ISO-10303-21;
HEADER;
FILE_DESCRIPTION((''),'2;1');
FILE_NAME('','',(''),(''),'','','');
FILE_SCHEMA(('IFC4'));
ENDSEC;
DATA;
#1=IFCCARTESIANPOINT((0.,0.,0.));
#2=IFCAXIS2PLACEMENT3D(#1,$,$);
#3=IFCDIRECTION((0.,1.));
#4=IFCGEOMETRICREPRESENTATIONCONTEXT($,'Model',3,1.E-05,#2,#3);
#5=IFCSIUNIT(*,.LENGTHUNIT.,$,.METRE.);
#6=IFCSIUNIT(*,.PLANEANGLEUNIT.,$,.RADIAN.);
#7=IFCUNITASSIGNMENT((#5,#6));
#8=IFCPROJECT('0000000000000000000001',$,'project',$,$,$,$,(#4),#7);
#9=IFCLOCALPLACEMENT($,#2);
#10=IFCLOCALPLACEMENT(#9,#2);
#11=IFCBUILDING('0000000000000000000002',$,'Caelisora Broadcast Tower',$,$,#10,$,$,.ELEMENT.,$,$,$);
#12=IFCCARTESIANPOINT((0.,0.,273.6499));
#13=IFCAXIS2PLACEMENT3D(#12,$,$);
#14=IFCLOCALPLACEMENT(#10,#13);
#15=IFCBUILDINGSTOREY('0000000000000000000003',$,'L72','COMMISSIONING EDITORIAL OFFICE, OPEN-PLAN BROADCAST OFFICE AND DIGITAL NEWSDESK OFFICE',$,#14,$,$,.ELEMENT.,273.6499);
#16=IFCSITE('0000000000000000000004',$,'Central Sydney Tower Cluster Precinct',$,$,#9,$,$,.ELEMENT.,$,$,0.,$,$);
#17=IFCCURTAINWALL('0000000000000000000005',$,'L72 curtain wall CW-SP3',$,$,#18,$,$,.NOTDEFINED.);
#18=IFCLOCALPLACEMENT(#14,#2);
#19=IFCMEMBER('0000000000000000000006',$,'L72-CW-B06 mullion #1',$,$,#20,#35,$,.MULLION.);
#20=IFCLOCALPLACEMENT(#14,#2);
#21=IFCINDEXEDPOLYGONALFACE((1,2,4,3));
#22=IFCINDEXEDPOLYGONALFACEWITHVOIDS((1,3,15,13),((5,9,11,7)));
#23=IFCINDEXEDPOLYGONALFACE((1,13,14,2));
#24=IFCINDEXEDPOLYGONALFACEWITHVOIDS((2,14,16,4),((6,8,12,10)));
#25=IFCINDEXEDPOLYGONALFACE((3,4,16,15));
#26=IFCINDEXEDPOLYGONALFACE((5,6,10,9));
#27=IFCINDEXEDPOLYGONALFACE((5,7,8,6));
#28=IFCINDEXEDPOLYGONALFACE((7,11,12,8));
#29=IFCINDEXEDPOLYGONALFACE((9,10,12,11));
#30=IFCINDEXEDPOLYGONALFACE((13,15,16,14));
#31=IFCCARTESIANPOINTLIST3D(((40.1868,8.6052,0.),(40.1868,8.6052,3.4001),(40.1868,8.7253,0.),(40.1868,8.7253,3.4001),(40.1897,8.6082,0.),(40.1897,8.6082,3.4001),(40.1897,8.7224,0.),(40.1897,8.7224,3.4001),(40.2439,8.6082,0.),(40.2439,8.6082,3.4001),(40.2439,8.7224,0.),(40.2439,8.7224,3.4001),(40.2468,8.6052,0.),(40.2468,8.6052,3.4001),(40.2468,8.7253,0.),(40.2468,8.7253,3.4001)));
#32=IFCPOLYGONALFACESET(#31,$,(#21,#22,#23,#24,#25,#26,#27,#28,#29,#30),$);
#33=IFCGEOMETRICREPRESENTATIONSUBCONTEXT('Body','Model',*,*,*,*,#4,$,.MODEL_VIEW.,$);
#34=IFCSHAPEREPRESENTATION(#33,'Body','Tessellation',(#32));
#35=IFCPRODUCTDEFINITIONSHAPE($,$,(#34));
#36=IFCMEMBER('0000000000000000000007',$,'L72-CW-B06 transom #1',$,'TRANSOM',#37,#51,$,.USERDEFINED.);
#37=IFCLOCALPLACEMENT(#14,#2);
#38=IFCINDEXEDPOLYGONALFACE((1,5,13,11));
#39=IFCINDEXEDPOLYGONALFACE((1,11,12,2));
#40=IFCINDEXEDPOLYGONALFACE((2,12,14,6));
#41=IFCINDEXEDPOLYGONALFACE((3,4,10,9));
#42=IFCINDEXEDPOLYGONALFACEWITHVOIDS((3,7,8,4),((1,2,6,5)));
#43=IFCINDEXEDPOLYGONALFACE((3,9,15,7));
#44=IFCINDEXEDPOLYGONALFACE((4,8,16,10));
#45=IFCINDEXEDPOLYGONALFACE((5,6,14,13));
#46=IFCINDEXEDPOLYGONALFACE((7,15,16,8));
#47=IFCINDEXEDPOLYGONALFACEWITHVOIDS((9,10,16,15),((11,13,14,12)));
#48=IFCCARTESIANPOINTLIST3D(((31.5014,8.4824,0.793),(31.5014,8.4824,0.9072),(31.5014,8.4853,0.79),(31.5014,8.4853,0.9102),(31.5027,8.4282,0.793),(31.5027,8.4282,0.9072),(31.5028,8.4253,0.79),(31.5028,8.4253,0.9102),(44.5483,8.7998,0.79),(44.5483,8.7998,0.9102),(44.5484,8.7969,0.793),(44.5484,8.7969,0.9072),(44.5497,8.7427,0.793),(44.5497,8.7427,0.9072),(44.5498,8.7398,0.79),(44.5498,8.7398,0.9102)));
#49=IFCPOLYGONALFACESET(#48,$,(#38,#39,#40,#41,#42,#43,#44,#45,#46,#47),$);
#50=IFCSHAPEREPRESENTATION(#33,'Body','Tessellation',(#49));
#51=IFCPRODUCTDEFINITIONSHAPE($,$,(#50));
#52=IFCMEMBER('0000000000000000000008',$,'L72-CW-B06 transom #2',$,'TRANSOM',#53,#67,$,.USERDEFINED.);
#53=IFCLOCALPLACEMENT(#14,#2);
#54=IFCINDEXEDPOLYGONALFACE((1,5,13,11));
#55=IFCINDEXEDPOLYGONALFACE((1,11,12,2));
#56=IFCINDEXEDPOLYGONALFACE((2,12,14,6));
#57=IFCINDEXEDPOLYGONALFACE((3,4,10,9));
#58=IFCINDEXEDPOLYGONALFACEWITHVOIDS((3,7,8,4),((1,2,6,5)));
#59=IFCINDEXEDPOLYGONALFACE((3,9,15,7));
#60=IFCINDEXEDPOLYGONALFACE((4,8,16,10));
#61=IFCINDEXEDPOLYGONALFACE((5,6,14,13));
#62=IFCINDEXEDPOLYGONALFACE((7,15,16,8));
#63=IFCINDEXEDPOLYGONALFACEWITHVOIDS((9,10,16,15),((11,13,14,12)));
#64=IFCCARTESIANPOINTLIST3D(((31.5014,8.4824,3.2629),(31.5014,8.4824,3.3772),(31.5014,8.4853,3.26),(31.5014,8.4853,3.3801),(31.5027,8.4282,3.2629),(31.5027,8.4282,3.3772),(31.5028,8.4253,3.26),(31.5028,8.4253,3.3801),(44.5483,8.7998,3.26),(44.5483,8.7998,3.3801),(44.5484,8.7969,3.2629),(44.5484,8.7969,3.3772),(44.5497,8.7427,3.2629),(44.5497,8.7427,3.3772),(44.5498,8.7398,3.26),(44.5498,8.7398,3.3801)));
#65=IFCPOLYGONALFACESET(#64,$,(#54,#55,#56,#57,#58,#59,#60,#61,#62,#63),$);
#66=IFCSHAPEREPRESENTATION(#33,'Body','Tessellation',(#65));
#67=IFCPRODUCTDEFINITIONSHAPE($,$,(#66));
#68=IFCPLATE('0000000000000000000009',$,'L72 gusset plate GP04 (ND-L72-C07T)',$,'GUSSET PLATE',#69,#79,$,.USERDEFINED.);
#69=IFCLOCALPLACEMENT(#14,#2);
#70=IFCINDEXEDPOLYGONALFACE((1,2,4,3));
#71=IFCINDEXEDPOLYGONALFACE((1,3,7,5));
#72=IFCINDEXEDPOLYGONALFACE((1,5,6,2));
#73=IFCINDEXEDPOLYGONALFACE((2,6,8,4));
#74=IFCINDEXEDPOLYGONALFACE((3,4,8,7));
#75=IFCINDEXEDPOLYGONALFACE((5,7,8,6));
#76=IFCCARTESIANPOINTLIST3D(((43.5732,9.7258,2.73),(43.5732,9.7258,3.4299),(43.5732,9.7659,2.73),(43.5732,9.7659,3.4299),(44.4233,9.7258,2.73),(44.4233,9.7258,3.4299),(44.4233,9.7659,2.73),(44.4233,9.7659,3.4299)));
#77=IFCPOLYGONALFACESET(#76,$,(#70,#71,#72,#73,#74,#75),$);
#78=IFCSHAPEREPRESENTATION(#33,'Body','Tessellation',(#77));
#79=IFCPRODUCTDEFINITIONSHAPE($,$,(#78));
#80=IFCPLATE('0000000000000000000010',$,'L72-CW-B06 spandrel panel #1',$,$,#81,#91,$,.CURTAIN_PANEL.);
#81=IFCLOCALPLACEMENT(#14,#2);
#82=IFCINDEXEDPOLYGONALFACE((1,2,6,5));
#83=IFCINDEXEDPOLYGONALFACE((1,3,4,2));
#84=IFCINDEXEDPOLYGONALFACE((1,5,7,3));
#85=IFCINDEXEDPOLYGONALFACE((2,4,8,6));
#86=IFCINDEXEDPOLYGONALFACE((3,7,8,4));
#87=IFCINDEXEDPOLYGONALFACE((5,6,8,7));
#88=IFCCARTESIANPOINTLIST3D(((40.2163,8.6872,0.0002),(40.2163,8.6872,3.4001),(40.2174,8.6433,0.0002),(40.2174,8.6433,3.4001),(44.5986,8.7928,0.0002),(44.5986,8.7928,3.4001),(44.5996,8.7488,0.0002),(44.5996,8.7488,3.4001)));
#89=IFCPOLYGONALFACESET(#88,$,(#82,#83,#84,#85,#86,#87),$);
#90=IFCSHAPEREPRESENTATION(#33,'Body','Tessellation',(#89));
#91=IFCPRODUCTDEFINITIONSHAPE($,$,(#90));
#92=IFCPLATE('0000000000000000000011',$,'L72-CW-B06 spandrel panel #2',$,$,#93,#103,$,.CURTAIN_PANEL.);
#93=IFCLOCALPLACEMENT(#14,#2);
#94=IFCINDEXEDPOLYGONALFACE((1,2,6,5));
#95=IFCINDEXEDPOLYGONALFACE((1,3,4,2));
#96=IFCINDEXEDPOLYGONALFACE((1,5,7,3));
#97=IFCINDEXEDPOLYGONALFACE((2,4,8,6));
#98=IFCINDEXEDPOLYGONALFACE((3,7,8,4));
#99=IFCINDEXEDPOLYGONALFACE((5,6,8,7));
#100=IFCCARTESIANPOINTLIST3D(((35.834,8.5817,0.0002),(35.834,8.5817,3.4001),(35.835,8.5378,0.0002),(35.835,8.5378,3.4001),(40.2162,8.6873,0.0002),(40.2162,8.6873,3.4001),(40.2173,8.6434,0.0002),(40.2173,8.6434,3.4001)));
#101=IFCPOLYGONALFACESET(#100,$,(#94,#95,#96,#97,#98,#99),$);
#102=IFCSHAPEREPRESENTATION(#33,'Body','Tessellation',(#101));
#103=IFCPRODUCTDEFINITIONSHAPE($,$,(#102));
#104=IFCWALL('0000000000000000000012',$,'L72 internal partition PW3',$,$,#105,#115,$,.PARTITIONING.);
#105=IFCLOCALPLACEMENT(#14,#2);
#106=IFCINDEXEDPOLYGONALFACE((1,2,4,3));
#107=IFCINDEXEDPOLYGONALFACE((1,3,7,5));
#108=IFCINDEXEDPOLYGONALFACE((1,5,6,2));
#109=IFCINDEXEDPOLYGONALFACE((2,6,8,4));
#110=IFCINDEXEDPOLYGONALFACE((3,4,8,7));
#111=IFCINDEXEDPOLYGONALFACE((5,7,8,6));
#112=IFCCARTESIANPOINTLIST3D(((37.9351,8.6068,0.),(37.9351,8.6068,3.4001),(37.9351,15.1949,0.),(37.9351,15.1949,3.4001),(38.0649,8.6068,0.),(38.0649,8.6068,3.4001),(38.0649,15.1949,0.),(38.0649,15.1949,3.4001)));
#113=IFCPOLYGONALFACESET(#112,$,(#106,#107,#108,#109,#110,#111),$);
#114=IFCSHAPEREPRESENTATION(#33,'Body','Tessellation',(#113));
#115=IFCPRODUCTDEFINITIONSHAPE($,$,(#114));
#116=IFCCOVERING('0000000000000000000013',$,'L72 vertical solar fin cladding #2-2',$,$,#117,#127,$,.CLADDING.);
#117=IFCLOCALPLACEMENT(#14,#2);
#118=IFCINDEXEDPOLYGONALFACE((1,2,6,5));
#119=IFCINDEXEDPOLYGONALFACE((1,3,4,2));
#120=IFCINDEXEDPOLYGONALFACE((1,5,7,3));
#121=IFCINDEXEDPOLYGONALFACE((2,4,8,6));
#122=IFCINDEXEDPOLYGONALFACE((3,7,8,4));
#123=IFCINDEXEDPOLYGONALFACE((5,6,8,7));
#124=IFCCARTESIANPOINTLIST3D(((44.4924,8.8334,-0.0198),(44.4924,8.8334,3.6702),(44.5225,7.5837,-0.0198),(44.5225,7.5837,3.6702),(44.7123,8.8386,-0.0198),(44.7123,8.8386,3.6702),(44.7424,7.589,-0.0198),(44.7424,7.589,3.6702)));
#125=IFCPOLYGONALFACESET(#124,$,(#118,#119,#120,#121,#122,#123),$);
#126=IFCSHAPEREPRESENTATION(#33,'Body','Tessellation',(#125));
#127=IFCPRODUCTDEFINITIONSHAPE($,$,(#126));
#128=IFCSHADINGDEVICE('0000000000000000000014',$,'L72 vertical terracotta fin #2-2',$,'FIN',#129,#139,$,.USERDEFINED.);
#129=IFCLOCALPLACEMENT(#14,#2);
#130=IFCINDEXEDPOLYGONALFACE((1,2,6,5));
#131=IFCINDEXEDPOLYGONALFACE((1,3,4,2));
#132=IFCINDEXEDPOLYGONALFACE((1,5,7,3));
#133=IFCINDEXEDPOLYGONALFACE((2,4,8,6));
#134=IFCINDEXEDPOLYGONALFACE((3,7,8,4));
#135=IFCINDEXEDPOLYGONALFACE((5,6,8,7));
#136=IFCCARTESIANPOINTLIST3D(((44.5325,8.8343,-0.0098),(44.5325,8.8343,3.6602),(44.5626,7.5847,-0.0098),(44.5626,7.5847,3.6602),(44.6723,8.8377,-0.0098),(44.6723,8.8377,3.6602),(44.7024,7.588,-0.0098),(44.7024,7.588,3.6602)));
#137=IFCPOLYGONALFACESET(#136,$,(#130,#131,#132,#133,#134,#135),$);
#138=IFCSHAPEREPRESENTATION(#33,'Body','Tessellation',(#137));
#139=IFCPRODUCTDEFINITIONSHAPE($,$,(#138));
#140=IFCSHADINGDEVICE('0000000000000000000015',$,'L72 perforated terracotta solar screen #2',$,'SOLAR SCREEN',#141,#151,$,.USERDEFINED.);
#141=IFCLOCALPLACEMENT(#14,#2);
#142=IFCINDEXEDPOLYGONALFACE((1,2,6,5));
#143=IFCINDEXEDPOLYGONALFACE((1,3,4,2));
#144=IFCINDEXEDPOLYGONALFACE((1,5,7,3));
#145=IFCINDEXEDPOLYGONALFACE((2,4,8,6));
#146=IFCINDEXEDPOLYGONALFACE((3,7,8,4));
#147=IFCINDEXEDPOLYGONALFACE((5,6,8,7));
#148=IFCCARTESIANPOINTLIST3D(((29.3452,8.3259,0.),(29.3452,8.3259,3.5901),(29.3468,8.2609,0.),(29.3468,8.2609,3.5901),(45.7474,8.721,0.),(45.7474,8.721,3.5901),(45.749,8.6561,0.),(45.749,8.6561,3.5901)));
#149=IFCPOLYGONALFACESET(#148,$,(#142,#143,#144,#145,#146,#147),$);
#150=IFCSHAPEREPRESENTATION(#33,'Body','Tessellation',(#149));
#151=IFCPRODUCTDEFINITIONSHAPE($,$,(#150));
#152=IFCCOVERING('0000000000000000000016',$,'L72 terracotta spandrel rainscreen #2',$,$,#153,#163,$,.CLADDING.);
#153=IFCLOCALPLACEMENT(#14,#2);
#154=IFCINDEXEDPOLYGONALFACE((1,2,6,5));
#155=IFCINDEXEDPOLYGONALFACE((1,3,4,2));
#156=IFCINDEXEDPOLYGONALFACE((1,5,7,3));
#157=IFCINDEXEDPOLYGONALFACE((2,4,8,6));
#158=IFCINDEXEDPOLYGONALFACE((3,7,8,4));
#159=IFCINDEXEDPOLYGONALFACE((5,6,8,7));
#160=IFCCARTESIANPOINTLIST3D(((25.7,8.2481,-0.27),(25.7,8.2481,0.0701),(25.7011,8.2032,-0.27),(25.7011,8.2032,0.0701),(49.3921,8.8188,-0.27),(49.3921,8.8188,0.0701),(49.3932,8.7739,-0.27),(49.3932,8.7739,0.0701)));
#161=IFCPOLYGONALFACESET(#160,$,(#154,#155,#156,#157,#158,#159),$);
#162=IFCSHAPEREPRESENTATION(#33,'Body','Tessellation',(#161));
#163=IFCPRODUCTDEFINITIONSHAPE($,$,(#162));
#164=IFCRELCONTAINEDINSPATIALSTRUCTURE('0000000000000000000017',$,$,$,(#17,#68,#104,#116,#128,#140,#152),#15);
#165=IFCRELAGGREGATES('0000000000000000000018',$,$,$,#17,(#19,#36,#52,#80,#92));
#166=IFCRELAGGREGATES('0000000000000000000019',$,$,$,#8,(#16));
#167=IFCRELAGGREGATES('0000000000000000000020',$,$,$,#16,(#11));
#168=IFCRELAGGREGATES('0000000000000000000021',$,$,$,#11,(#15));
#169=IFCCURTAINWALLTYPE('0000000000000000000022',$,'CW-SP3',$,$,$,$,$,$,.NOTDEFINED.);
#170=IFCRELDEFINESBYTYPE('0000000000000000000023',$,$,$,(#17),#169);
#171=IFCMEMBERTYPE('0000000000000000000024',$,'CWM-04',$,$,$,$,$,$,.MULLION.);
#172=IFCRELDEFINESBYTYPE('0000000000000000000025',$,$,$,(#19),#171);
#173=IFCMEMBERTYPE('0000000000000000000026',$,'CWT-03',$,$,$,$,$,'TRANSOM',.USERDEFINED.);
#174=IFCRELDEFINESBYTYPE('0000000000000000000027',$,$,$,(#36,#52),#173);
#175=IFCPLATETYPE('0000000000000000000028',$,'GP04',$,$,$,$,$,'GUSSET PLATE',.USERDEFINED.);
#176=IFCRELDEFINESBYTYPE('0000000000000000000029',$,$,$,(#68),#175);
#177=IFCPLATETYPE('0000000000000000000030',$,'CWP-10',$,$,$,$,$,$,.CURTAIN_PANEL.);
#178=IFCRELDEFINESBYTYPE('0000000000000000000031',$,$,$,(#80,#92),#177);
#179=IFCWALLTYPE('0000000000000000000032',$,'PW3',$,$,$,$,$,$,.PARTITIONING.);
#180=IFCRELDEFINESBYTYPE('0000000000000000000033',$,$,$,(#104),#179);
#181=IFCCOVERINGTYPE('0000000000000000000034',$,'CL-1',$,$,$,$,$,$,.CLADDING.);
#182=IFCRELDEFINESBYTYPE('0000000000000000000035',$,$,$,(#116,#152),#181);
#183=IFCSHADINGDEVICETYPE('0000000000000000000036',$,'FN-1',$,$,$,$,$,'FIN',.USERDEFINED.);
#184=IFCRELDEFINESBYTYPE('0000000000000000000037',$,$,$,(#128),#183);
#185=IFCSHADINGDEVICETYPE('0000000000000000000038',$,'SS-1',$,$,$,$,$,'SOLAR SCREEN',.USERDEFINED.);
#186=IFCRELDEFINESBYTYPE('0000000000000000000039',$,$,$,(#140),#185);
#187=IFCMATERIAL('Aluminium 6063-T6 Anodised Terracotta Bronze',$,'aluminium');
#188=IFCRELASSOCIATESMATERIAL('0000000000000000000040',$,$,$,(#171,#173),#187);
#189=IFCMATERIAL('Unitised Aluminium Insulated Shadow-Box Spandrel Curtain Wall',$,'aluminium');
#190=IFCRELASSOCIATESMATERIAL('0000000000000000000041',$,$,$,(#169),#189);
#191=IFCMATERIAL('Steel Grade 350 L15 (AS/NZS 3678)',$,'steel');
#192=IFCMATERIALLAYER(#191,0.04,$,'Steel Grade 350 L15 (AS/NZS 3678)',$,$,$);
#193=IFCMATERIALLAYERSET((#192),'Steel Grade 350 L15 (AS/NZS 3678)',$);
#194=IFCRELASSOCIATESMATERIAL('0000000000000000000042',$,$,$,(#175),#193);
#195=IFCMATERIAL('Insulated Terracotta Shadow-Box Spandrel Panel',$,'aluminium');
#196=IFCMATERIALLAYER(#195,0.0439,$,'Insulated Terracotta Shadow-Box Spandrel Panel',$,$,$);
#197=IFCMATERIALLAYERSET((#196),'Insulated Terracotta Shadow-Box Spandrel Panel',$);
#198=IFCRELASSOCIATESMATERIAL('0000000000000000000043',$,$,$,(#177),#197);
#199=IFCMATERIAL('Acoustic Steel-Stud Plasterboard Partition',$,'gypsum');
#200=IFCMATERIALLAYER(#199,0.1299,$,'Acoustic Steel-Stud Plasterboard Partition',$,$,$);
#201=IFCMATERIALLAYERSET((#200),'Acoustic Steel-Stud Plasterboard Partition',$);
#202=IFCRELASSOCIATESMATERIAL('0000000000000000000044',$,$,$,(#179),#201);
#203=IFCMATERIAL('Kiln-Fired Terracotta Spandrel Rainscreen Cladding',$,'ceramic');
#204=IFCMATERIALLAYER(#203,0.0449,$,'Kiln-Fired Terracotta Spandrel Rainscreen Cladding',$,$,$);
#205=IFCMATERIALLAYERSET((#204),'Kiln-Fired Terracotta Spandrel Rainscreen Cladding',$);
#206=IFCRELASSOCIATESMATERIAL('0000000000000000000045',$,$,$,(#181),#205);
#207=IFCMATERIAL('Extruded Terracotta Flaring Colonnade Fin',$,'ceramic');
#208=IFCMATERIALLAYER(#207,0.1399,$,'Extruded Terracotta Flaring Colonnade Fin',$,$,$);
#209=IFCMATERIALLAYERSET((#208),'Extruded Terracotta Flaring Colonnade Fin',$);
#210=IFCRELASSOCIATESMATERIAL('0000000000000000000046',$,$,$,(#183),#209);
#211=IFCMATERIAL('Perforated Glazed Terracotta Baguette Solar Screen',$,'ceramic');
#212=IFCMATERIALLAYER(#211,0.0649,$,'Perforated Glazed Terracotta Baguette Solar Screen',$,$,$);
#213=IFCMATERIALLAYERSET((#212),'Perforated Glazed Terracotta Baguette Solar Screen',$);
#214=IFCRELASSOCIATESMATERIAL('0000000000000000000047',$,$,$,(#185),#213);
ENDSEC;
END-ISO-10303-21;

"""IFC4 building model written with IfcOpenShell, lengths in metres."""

from ifc_helpers import new_model, si_unit, direction, frame, frame_2d, origin, origin_2d, place, context, subcontext, project, spatial, rectangle, hollow_rectangle, extrude, source, transform, mapped, material, layer, layer_set, material_profile, profile_set, type_object, type_shapes, element, aggregate, save


model = new_model("IFC4")

# Units and contexts
model_context = context("Model", 3, precision=1e-05, world=origin(), true_north=direction((0.0, 1.0)))
body_context = subcontext(model_context, "Body", "Model", "MODEL_VIEW")
ifc_project = project(units=[si_unit("LENGTHUNIT", "METRE"), si_unit("PLANEANGLEUNIT", "RADIAN")], contexts=[model_context])

# Site, building, storey
site_placement = place(None, origin())
site = spatial("IfcSite", under=ifc_project, at=site_placement, Name="Central Sydney Tower Cluster Precinct", CompositionType="ELEMENT", RefElevation=0.0)
building_placement = place(site_placement, origin())
building = spatial("IfcBuilding", under=site, at=building_placement, Name="Caelisora Broadcast Tower", CompositionType="ELEMENT")
storey_placement = place(building_placement, frame((0.0, 0.0, 273.6499)))
storey = spatial("IfcBuildingStorey", under=building, at=storey_placement, Name="L72", Description="COMMISSIONING EDITORIAL OFFICE, OPEN-PLAN BROADCAST OFFICE AND DIGITAL NEWSDESK OFFICE", CompositionType="ELEMENT", Elevation=273.6499)

# Shared definitions
ifc_material_1 = material(Name="Steel Grade 350 L15 (AS/NZS 3678)", Category="steel")

# Shared definitions
ifc_material_2 = material(Name="Aluminium 6063-T6 Anodised Terracotta Bronze", Category="aluminium")
ifc_material_profile_1 = material_profile(ifc_material_2, hollow_rectangle(XDim=0.0601, YDim=0.1201, WallThickness=0.0029, at=origin_2d()), Name="Aluminium 6063-T6 Anodised Terracotta Bronze")
ifc_profile_set_1 = profile_set([ifc_material_profile_1], Name="Aluminium 6063-T6 Anodised Terracotta Bronze")
member_type_1 = type_object("IfcMemberType", Name="CWM-04", PredefinedType="MULLION", material=ifc_profile_set_1)
shared_shape_1 = source(origin(), body_context, "Body", "SweptSolid", [
    extrude(hollow_rectangle(XDim=0.0601, YDim=0.1201, WallThickness=0.0029, at=origin_2d()), origin(), (0.0, 0.0, 1.0), 3.4001),
])
type_shapes(member_type_1, [shared_shape_1])

# Curtain wall, members
ifc_material_3 = material(Name="Unitised Aluminium Insulated Shadow-Box Spandrel Curtain Wall", Category="aluminium")
curtain_wall_type_1 = type_object("IfcCurtainWallType", Name="CW-SP3", PredefinedType="NOTDEFINED", material=ifc_material_3)
curtain_wall_1_placement = place(storey_placement, origin())
curtain_wall_1 = element("IfcCurtainWall", 1, at=curtain_wall_1_placement, inside=storey, type_object=curtain_wall_type_1, Name="L72 curtain wall CW-SP3", PredefinedType="NOTDEFINED")
member_1_placement = place(storey_placement, frame((40.2168, 8.6653, 0.0), z_axis=(0.0, 0.0, 1.0), x_axis=(1.0, 0.0, 0.0)))
member_1 = element("IfcMember", 2, at=member_1_placement, type_object=member_type_1, Name="L72-CW-B06 mullion #1", PredefinedType="MULLION", context=body_context, shape_type="MappedRepresentation", body=[
    mapped(shared_shape_1, transform((0.0, 0.0, 0.0), scale=1.0)),
])
ifc_material_profile_2 = material_profile(ifc_material_2, hollow_rectangle(XDim=0.0601, YDim=0.1201, WallThickness=0.0029, at=origin_2d()), Name="Aluminium 6063-T6 Anodised Terracotta Bronze")
ifc_profile_set_2 = profile_set([ifc_material_profile_2], Name="Aluminium 6063-T6 Anodised Terracotta Bronze")
member_type_2 = type_object("IfcMemberType", Name="CWT-03", ElementType="TRANSOM", PredefinedType="USERDEFINED", material=ifc_profile_set_2)
shared_shape_2 = source(origin(), body_context, "Body", "SweptSolid", [
    extrude(hollow_rectangle(XDim=0.0601, YDim=0.1201, WallThickness=0.0029, at=origin_2d()), origin(), (0.0, 0.0, 1.0), 13.0508),
])
type_shapes(member_type_2, [shared_shape_2])
member_2_placement = place(storey_placement, frame((44.5491, 8.7698, 0.8501), z_axis=(-0.99971, -0.024095, 0.0), x_axis=(0.024095, -0.99971, 0.0)))
member_2 = element("IfcMember", 3, at=member_2_placement, type_object=member_type_2, Name="L72-CW-B06 transom #1", ObjectType="TRANSOM", PredefinedType="USERDEFINED", context=body_context, shape_type="MappedRepresentation", body=[
    mapped(shared_shape_2, transform((0.0, 0.0, 0.0), scale=1.0)),
])
member_3_placement = place(storey_placement, frame((44.5491, 8.7698, 3.3201), z_axis=(-0.99971, -0.024095, 0.0), x_axis=(0.024095, -0.99971, 0.0)))
member_3 = element("IfcMember", 4, at=member_3_placement, type_object=member_type_2, Name="L72-CW-B06 transom #2", ObjectType="TRANSOM", PredefinedType="USERDEFINED", context=body_context, shape_type="MappedRepresentation", body=[
    mapped(shared_shape_2, transform((0.0, 0.0, 0.0), scale=1.0)),
])

# Plates
ifc_layer_1 = layer(ifc_material_1, 0.04, Name="Steel Grade 350 L15 (AS/NZS 3678)")
ifc_layer_set_1 = layer_set([ifc_layer_1], Name="Steel Grade 350 L15 (AS/NZS 3678)")
plate_type_1 = type_object("IfcPlateType", Name="GP04", ElementType="GUSSET PLATE", PredefinedType="USERDEFINED", material=ifc_layer_set_1)
shared_shape_3 = source(origin(), body_context, "Body", "SweptSolid", [
    extrude(rectangle(XDim=0.8501, YDim=0.04, at=origin_2d()), origin(), (0.0, 0.0, 1.0), 0.7),
])
type_shapes(plate_type_1, [shared_shape_3])
plate_1_placement = place(storey_placement, frame((43.9983, 9.7458, 2.73), z_axis=(0.0, 0.0, 1.0), x_axis=(1.0, 0.0, 0.0)))
element("IfcPlate", 5, at=plate_1_placement, inside=storey, type_object=plate_type_1, Name="L72 gusset plate GP04 (ND-L72-C07T)", ObjectType="GUSSET PLATE", PredefinedType="USERDEFINED", context=body_context, shape_type="MappedRepresentation", body=[
    mapped(shared_shape_3, transform((0.0, 0.0, 0.0), scale=1.0)),
])
ifc_material_4 = material(Name="Insulated Terracotta Shadow-Box Spandrel Panel", Category="aluminium")
ifc_layer_2 = layer(ifc_material_4, 0.0439, Name="Insulated Terracotta Shadow-Box Spandrel Panel")
ifc_layer_set_2 = layer_set([ifc_layer_2], Name="Insulated Terracotta Shadow-Box Spandrel Panel")
plate_type_2 = type_object("IfcPlateType", Name="CWP-10", PredefinedType="CURTAIN_PANEL", material=ifc_layer_set_2)
shared_shape_4 = source(origin(), body_context, "Body", "SweptSolid", [
    extrude(rectangle(XDim=4.3835, YDim=0.0439, at=origin_2d()), origin(), (0.0, 0.0, 1.0), 3.3999),
])
type_shapes(plate_type_2, [shared_shape_4])
plate_2_placement = place(storey_placement, frame((42.408, 8.718, 0.0002), z_axis=(0.0, 0.0, 1.0), x_axis=(-0.99971, -0.024083, 0.0)))
plate_2 = element("IfcPlate", 6, at=plate_2_placement, type_object=plate_type_2, Name="L72-CW-B06 spandrel panel #1", PredefinedType="CURTAIN_PANEL", context=body_context, shape_type="MappedRepresentation", body=[
    mapped(shared_shape_4, transform((0.0, 0.0, 0.0), scale=1.0)),
])
plate_3_placement = place(storey_placement, frame((38.0256, 8.6125, 0.0002), z_axis=(0.0, 0.0, 1.0), x_axis=(-0.99971, -0.024083, 0.0)))
plate_3 = element("IfcPlate", 7, at=plate_3_placement, type_object=plate_type_2, Name="L72-CW-B06 spandrel panel #2", PredefinedType="CURTAIN_PANEL", context=body_context, shape_type="MappedRepresentation", body=[
    mapped(shared_shape_4, transform((0.0, 0.0, 0.0), scale=1.0)),
])
aggregate(curtain_wall_1, [member_1, member_2, member_3, plate_2, plate_3])

# Wall
ifc_material_5 = material(Name="Acoustic Steel-Stud Plasterboard Partition", Category="gypsum")
ifc_layer_3 = layer(ifc_material_5, 0.1299, Name="Acoustic Steel-Stud Plasterboard Partition")
ifc_layer_set_3 = layer_set([ifc_layer_3], Name="Acoustic Steel-Stud Plasterboard Partition")
wall_type = type_object("IfcWallType", Name="PW3", PredefinedType="PARTITIONING", material=ifc_layer_set_3)
wall_placement = place(storey_placement, frame((38.0, 8.6069, 0.0), z_axis=(0.0, 0.0, 1.0), x_axis=(0.0, 1.0, 0.0)))
element("IfcWall", 8, at=wall_placement, inside=storey, type_object=wall_type, Name="L72 internal partition PW3", PredefinedType="PARTITIONING", context=body_context, shape_type="SweptSolid", body=[
    extrude(rectangle(XDim=6.5881, YDim=0.1299, at=frame_2d((3.2939, 0.0))), origin(), (0.0, 0.0, 1.0), 3.4001),
])

# Covering
ifc_material_6 = material(Name="Kiln-Fired Terracotta Spandrel Rainscreen Cladding", Category="ceramic")
ifc_layer_4 = layer(ifc_material_6, 0.0449, Name="Kiln-Fired Terracotta Spandrel Rainscreen Cladding")
ifc_layer_set_4 = layer_set([ifc_layer_4], Name="Kiln-Fired Terracotta Spandrel Rainscreen Cladding")
covering_type = type_object("IfcCoveringType", Name="CL-1", PredefinedType="CLADDING", material=ifc_layer_set_4)
shared_shape_5 = source(origin(), body_context, "Body", "SweptSolid", [
    extrude(rectangle(XDim=0.22, YDim=1.25, at=origin_2d()), origin(), (0.0, 0.0, 1.0), 3.6899),
])
covering_1_placement = place(storey_placement, frame((44.6174, 8.2112, -0.0198), z_axis=(0.0, 0.0, 1.0), x_axis=(-0.99971, -0.024083, 0.0)))
element("IfcCovering", 9, at=covering_1_placement, inside=storey, type_object=covering_type, Name="L72 vertical solar fin cladding #2-2", PredefinedType="CLADDING", context=body_context, shape_type="MappedRepresentation", body=[
    mapped(shared_shape_5, transform((0.0, 0.0, 0.0), scale=1.0)),
])

# Shading devices
ifc_material_7 = material(Name="Extruded Terracotta Flaring Colonnade Fin", Category="ceramic")
ifc_layer_5 = layer(ifc_material_7, 0.1399, Name="Extruded Terracotta Flaring Colonnade Fin")
ifc_layer_set_5 = layer_set([ifc_layer_5], Name="Extruded Terracotta Flaring Colonnade Fin")
shading_device_type_1 = type_object("IfcShadingDeviceType", Name="FN-1", ElementType="FIN", PredefinedType="USERDEFINED", material=ifc_layer_set_5)
shared_shape_6 = source(origin(), body_context, "Body", "SweptSolid", [
    extrude(rectangle(XDim=0.1399, YDim=1.25, at=origin_2d()), origin(), (0.0, 0.0, 1.0), 3.6699),
])
type_shapes(shading_device_type_1, [shared_shape_6])
shading_device_1_placement = place(storey_placement, frame((44.6174, 8.2112, -0.0098), z_axis=(0.0, 0.0, 1.0), x_axis=(-0.99971, -0.024083, 0.0)))
element("IfcShadingDevice", 10, at=shading_device_1_placement, inside=storey, type_object=shading_device_type_1, Name="L72 vertical terracotta fin #2-2", ObjectType="FIN", PredefinedType="USERDEFINED", context=body_context, shape_type="MappedRepresentation", body=[
    mapped(shared_shape_6, transform((0.0, 0.0, 0.0), scale=1.0)),
])
ifc_material_8 = material(Name="Perforated Glazed Terracotta Baguette Solar Screen", Category="ceramic")
ifc_layer_6 = layer(ifc_material_8, 0.0649, Name="Perforated Glazed Terracotta Baguette Solar Screen")
ifc_layer_set_6 = layer_set([ifc_layer_6], Name="Perforated Glazed Terracotta Baguette Solar Screen")
shading_device_type_2 = type_object("IfcShadingDeviceType", Name="SS-1", ElementType="SOLAR SCREEN", PredefinedType="USERDEFINED", material=ifc_layer_set_6)
shared_shape_7 = source(origin(), body_context, "Body", "SweptSolid", [
    extrude(rectangle(XDim=16.407, YDim=0.0649, at=origin_2d()), origin(), (0.0, 0.0, 1.0), 3.5901),
])
type_shapes(shading_device_type_2, [shared_shape_7])
shading_device_2_placement = place(storey_placement, frame((37.5471, 8.491, 0.0), z_axis=(0.0, 0.0, 1.0), x_axis=(0.99971, 0.024083, 0.0)))
element("IfcShadingDevice", 11, at=shading_device_2_placement, inside=storey, type_object=shading_device_type_2, Name="L72 perforated terracotta solar screen #2", ObjectType="SOLAR SCREEN", PredefinedType="USERDEFINED", context=body_context, shape_type="MappedRepresentation", body=[
    mapped(shared_shape_7, transform((0.0, 0.0, 0.0), scale=1.0)),
])

# Covering
shared_shape_8 = source(origin(), body_context, "Body", "SweptSolid", [
    extrude(rectangle(XDim=23.699, YDim=0.0449, at=origin_2d()), origin(), (0.0, 0.0, 1.0), 0.3401),
])
type_shapes(covering_type, [shared_shape_5, shared_shape_8])
covering_2_placement = place(storey_placement, frame((37.5466, 8.511, -0.27), z_axis=(0.0, 0.0, 1.0), x_axis=(0.99971, 0.024083, 0.0)))
element("IfcCovering", 12, at=covering_2_placement, inside=storey, type_object=covering_type, Name="L72 terracotta spandrel rainscreen #2", PredefinedType="CLADDING", context=body_context, shape_type="MappedRepresentation", body=[
    mapped(shared_shape_8, transform((0.0, 0.0, 0.0), scale=1.0)),
])

save(model, "model.ifc")
